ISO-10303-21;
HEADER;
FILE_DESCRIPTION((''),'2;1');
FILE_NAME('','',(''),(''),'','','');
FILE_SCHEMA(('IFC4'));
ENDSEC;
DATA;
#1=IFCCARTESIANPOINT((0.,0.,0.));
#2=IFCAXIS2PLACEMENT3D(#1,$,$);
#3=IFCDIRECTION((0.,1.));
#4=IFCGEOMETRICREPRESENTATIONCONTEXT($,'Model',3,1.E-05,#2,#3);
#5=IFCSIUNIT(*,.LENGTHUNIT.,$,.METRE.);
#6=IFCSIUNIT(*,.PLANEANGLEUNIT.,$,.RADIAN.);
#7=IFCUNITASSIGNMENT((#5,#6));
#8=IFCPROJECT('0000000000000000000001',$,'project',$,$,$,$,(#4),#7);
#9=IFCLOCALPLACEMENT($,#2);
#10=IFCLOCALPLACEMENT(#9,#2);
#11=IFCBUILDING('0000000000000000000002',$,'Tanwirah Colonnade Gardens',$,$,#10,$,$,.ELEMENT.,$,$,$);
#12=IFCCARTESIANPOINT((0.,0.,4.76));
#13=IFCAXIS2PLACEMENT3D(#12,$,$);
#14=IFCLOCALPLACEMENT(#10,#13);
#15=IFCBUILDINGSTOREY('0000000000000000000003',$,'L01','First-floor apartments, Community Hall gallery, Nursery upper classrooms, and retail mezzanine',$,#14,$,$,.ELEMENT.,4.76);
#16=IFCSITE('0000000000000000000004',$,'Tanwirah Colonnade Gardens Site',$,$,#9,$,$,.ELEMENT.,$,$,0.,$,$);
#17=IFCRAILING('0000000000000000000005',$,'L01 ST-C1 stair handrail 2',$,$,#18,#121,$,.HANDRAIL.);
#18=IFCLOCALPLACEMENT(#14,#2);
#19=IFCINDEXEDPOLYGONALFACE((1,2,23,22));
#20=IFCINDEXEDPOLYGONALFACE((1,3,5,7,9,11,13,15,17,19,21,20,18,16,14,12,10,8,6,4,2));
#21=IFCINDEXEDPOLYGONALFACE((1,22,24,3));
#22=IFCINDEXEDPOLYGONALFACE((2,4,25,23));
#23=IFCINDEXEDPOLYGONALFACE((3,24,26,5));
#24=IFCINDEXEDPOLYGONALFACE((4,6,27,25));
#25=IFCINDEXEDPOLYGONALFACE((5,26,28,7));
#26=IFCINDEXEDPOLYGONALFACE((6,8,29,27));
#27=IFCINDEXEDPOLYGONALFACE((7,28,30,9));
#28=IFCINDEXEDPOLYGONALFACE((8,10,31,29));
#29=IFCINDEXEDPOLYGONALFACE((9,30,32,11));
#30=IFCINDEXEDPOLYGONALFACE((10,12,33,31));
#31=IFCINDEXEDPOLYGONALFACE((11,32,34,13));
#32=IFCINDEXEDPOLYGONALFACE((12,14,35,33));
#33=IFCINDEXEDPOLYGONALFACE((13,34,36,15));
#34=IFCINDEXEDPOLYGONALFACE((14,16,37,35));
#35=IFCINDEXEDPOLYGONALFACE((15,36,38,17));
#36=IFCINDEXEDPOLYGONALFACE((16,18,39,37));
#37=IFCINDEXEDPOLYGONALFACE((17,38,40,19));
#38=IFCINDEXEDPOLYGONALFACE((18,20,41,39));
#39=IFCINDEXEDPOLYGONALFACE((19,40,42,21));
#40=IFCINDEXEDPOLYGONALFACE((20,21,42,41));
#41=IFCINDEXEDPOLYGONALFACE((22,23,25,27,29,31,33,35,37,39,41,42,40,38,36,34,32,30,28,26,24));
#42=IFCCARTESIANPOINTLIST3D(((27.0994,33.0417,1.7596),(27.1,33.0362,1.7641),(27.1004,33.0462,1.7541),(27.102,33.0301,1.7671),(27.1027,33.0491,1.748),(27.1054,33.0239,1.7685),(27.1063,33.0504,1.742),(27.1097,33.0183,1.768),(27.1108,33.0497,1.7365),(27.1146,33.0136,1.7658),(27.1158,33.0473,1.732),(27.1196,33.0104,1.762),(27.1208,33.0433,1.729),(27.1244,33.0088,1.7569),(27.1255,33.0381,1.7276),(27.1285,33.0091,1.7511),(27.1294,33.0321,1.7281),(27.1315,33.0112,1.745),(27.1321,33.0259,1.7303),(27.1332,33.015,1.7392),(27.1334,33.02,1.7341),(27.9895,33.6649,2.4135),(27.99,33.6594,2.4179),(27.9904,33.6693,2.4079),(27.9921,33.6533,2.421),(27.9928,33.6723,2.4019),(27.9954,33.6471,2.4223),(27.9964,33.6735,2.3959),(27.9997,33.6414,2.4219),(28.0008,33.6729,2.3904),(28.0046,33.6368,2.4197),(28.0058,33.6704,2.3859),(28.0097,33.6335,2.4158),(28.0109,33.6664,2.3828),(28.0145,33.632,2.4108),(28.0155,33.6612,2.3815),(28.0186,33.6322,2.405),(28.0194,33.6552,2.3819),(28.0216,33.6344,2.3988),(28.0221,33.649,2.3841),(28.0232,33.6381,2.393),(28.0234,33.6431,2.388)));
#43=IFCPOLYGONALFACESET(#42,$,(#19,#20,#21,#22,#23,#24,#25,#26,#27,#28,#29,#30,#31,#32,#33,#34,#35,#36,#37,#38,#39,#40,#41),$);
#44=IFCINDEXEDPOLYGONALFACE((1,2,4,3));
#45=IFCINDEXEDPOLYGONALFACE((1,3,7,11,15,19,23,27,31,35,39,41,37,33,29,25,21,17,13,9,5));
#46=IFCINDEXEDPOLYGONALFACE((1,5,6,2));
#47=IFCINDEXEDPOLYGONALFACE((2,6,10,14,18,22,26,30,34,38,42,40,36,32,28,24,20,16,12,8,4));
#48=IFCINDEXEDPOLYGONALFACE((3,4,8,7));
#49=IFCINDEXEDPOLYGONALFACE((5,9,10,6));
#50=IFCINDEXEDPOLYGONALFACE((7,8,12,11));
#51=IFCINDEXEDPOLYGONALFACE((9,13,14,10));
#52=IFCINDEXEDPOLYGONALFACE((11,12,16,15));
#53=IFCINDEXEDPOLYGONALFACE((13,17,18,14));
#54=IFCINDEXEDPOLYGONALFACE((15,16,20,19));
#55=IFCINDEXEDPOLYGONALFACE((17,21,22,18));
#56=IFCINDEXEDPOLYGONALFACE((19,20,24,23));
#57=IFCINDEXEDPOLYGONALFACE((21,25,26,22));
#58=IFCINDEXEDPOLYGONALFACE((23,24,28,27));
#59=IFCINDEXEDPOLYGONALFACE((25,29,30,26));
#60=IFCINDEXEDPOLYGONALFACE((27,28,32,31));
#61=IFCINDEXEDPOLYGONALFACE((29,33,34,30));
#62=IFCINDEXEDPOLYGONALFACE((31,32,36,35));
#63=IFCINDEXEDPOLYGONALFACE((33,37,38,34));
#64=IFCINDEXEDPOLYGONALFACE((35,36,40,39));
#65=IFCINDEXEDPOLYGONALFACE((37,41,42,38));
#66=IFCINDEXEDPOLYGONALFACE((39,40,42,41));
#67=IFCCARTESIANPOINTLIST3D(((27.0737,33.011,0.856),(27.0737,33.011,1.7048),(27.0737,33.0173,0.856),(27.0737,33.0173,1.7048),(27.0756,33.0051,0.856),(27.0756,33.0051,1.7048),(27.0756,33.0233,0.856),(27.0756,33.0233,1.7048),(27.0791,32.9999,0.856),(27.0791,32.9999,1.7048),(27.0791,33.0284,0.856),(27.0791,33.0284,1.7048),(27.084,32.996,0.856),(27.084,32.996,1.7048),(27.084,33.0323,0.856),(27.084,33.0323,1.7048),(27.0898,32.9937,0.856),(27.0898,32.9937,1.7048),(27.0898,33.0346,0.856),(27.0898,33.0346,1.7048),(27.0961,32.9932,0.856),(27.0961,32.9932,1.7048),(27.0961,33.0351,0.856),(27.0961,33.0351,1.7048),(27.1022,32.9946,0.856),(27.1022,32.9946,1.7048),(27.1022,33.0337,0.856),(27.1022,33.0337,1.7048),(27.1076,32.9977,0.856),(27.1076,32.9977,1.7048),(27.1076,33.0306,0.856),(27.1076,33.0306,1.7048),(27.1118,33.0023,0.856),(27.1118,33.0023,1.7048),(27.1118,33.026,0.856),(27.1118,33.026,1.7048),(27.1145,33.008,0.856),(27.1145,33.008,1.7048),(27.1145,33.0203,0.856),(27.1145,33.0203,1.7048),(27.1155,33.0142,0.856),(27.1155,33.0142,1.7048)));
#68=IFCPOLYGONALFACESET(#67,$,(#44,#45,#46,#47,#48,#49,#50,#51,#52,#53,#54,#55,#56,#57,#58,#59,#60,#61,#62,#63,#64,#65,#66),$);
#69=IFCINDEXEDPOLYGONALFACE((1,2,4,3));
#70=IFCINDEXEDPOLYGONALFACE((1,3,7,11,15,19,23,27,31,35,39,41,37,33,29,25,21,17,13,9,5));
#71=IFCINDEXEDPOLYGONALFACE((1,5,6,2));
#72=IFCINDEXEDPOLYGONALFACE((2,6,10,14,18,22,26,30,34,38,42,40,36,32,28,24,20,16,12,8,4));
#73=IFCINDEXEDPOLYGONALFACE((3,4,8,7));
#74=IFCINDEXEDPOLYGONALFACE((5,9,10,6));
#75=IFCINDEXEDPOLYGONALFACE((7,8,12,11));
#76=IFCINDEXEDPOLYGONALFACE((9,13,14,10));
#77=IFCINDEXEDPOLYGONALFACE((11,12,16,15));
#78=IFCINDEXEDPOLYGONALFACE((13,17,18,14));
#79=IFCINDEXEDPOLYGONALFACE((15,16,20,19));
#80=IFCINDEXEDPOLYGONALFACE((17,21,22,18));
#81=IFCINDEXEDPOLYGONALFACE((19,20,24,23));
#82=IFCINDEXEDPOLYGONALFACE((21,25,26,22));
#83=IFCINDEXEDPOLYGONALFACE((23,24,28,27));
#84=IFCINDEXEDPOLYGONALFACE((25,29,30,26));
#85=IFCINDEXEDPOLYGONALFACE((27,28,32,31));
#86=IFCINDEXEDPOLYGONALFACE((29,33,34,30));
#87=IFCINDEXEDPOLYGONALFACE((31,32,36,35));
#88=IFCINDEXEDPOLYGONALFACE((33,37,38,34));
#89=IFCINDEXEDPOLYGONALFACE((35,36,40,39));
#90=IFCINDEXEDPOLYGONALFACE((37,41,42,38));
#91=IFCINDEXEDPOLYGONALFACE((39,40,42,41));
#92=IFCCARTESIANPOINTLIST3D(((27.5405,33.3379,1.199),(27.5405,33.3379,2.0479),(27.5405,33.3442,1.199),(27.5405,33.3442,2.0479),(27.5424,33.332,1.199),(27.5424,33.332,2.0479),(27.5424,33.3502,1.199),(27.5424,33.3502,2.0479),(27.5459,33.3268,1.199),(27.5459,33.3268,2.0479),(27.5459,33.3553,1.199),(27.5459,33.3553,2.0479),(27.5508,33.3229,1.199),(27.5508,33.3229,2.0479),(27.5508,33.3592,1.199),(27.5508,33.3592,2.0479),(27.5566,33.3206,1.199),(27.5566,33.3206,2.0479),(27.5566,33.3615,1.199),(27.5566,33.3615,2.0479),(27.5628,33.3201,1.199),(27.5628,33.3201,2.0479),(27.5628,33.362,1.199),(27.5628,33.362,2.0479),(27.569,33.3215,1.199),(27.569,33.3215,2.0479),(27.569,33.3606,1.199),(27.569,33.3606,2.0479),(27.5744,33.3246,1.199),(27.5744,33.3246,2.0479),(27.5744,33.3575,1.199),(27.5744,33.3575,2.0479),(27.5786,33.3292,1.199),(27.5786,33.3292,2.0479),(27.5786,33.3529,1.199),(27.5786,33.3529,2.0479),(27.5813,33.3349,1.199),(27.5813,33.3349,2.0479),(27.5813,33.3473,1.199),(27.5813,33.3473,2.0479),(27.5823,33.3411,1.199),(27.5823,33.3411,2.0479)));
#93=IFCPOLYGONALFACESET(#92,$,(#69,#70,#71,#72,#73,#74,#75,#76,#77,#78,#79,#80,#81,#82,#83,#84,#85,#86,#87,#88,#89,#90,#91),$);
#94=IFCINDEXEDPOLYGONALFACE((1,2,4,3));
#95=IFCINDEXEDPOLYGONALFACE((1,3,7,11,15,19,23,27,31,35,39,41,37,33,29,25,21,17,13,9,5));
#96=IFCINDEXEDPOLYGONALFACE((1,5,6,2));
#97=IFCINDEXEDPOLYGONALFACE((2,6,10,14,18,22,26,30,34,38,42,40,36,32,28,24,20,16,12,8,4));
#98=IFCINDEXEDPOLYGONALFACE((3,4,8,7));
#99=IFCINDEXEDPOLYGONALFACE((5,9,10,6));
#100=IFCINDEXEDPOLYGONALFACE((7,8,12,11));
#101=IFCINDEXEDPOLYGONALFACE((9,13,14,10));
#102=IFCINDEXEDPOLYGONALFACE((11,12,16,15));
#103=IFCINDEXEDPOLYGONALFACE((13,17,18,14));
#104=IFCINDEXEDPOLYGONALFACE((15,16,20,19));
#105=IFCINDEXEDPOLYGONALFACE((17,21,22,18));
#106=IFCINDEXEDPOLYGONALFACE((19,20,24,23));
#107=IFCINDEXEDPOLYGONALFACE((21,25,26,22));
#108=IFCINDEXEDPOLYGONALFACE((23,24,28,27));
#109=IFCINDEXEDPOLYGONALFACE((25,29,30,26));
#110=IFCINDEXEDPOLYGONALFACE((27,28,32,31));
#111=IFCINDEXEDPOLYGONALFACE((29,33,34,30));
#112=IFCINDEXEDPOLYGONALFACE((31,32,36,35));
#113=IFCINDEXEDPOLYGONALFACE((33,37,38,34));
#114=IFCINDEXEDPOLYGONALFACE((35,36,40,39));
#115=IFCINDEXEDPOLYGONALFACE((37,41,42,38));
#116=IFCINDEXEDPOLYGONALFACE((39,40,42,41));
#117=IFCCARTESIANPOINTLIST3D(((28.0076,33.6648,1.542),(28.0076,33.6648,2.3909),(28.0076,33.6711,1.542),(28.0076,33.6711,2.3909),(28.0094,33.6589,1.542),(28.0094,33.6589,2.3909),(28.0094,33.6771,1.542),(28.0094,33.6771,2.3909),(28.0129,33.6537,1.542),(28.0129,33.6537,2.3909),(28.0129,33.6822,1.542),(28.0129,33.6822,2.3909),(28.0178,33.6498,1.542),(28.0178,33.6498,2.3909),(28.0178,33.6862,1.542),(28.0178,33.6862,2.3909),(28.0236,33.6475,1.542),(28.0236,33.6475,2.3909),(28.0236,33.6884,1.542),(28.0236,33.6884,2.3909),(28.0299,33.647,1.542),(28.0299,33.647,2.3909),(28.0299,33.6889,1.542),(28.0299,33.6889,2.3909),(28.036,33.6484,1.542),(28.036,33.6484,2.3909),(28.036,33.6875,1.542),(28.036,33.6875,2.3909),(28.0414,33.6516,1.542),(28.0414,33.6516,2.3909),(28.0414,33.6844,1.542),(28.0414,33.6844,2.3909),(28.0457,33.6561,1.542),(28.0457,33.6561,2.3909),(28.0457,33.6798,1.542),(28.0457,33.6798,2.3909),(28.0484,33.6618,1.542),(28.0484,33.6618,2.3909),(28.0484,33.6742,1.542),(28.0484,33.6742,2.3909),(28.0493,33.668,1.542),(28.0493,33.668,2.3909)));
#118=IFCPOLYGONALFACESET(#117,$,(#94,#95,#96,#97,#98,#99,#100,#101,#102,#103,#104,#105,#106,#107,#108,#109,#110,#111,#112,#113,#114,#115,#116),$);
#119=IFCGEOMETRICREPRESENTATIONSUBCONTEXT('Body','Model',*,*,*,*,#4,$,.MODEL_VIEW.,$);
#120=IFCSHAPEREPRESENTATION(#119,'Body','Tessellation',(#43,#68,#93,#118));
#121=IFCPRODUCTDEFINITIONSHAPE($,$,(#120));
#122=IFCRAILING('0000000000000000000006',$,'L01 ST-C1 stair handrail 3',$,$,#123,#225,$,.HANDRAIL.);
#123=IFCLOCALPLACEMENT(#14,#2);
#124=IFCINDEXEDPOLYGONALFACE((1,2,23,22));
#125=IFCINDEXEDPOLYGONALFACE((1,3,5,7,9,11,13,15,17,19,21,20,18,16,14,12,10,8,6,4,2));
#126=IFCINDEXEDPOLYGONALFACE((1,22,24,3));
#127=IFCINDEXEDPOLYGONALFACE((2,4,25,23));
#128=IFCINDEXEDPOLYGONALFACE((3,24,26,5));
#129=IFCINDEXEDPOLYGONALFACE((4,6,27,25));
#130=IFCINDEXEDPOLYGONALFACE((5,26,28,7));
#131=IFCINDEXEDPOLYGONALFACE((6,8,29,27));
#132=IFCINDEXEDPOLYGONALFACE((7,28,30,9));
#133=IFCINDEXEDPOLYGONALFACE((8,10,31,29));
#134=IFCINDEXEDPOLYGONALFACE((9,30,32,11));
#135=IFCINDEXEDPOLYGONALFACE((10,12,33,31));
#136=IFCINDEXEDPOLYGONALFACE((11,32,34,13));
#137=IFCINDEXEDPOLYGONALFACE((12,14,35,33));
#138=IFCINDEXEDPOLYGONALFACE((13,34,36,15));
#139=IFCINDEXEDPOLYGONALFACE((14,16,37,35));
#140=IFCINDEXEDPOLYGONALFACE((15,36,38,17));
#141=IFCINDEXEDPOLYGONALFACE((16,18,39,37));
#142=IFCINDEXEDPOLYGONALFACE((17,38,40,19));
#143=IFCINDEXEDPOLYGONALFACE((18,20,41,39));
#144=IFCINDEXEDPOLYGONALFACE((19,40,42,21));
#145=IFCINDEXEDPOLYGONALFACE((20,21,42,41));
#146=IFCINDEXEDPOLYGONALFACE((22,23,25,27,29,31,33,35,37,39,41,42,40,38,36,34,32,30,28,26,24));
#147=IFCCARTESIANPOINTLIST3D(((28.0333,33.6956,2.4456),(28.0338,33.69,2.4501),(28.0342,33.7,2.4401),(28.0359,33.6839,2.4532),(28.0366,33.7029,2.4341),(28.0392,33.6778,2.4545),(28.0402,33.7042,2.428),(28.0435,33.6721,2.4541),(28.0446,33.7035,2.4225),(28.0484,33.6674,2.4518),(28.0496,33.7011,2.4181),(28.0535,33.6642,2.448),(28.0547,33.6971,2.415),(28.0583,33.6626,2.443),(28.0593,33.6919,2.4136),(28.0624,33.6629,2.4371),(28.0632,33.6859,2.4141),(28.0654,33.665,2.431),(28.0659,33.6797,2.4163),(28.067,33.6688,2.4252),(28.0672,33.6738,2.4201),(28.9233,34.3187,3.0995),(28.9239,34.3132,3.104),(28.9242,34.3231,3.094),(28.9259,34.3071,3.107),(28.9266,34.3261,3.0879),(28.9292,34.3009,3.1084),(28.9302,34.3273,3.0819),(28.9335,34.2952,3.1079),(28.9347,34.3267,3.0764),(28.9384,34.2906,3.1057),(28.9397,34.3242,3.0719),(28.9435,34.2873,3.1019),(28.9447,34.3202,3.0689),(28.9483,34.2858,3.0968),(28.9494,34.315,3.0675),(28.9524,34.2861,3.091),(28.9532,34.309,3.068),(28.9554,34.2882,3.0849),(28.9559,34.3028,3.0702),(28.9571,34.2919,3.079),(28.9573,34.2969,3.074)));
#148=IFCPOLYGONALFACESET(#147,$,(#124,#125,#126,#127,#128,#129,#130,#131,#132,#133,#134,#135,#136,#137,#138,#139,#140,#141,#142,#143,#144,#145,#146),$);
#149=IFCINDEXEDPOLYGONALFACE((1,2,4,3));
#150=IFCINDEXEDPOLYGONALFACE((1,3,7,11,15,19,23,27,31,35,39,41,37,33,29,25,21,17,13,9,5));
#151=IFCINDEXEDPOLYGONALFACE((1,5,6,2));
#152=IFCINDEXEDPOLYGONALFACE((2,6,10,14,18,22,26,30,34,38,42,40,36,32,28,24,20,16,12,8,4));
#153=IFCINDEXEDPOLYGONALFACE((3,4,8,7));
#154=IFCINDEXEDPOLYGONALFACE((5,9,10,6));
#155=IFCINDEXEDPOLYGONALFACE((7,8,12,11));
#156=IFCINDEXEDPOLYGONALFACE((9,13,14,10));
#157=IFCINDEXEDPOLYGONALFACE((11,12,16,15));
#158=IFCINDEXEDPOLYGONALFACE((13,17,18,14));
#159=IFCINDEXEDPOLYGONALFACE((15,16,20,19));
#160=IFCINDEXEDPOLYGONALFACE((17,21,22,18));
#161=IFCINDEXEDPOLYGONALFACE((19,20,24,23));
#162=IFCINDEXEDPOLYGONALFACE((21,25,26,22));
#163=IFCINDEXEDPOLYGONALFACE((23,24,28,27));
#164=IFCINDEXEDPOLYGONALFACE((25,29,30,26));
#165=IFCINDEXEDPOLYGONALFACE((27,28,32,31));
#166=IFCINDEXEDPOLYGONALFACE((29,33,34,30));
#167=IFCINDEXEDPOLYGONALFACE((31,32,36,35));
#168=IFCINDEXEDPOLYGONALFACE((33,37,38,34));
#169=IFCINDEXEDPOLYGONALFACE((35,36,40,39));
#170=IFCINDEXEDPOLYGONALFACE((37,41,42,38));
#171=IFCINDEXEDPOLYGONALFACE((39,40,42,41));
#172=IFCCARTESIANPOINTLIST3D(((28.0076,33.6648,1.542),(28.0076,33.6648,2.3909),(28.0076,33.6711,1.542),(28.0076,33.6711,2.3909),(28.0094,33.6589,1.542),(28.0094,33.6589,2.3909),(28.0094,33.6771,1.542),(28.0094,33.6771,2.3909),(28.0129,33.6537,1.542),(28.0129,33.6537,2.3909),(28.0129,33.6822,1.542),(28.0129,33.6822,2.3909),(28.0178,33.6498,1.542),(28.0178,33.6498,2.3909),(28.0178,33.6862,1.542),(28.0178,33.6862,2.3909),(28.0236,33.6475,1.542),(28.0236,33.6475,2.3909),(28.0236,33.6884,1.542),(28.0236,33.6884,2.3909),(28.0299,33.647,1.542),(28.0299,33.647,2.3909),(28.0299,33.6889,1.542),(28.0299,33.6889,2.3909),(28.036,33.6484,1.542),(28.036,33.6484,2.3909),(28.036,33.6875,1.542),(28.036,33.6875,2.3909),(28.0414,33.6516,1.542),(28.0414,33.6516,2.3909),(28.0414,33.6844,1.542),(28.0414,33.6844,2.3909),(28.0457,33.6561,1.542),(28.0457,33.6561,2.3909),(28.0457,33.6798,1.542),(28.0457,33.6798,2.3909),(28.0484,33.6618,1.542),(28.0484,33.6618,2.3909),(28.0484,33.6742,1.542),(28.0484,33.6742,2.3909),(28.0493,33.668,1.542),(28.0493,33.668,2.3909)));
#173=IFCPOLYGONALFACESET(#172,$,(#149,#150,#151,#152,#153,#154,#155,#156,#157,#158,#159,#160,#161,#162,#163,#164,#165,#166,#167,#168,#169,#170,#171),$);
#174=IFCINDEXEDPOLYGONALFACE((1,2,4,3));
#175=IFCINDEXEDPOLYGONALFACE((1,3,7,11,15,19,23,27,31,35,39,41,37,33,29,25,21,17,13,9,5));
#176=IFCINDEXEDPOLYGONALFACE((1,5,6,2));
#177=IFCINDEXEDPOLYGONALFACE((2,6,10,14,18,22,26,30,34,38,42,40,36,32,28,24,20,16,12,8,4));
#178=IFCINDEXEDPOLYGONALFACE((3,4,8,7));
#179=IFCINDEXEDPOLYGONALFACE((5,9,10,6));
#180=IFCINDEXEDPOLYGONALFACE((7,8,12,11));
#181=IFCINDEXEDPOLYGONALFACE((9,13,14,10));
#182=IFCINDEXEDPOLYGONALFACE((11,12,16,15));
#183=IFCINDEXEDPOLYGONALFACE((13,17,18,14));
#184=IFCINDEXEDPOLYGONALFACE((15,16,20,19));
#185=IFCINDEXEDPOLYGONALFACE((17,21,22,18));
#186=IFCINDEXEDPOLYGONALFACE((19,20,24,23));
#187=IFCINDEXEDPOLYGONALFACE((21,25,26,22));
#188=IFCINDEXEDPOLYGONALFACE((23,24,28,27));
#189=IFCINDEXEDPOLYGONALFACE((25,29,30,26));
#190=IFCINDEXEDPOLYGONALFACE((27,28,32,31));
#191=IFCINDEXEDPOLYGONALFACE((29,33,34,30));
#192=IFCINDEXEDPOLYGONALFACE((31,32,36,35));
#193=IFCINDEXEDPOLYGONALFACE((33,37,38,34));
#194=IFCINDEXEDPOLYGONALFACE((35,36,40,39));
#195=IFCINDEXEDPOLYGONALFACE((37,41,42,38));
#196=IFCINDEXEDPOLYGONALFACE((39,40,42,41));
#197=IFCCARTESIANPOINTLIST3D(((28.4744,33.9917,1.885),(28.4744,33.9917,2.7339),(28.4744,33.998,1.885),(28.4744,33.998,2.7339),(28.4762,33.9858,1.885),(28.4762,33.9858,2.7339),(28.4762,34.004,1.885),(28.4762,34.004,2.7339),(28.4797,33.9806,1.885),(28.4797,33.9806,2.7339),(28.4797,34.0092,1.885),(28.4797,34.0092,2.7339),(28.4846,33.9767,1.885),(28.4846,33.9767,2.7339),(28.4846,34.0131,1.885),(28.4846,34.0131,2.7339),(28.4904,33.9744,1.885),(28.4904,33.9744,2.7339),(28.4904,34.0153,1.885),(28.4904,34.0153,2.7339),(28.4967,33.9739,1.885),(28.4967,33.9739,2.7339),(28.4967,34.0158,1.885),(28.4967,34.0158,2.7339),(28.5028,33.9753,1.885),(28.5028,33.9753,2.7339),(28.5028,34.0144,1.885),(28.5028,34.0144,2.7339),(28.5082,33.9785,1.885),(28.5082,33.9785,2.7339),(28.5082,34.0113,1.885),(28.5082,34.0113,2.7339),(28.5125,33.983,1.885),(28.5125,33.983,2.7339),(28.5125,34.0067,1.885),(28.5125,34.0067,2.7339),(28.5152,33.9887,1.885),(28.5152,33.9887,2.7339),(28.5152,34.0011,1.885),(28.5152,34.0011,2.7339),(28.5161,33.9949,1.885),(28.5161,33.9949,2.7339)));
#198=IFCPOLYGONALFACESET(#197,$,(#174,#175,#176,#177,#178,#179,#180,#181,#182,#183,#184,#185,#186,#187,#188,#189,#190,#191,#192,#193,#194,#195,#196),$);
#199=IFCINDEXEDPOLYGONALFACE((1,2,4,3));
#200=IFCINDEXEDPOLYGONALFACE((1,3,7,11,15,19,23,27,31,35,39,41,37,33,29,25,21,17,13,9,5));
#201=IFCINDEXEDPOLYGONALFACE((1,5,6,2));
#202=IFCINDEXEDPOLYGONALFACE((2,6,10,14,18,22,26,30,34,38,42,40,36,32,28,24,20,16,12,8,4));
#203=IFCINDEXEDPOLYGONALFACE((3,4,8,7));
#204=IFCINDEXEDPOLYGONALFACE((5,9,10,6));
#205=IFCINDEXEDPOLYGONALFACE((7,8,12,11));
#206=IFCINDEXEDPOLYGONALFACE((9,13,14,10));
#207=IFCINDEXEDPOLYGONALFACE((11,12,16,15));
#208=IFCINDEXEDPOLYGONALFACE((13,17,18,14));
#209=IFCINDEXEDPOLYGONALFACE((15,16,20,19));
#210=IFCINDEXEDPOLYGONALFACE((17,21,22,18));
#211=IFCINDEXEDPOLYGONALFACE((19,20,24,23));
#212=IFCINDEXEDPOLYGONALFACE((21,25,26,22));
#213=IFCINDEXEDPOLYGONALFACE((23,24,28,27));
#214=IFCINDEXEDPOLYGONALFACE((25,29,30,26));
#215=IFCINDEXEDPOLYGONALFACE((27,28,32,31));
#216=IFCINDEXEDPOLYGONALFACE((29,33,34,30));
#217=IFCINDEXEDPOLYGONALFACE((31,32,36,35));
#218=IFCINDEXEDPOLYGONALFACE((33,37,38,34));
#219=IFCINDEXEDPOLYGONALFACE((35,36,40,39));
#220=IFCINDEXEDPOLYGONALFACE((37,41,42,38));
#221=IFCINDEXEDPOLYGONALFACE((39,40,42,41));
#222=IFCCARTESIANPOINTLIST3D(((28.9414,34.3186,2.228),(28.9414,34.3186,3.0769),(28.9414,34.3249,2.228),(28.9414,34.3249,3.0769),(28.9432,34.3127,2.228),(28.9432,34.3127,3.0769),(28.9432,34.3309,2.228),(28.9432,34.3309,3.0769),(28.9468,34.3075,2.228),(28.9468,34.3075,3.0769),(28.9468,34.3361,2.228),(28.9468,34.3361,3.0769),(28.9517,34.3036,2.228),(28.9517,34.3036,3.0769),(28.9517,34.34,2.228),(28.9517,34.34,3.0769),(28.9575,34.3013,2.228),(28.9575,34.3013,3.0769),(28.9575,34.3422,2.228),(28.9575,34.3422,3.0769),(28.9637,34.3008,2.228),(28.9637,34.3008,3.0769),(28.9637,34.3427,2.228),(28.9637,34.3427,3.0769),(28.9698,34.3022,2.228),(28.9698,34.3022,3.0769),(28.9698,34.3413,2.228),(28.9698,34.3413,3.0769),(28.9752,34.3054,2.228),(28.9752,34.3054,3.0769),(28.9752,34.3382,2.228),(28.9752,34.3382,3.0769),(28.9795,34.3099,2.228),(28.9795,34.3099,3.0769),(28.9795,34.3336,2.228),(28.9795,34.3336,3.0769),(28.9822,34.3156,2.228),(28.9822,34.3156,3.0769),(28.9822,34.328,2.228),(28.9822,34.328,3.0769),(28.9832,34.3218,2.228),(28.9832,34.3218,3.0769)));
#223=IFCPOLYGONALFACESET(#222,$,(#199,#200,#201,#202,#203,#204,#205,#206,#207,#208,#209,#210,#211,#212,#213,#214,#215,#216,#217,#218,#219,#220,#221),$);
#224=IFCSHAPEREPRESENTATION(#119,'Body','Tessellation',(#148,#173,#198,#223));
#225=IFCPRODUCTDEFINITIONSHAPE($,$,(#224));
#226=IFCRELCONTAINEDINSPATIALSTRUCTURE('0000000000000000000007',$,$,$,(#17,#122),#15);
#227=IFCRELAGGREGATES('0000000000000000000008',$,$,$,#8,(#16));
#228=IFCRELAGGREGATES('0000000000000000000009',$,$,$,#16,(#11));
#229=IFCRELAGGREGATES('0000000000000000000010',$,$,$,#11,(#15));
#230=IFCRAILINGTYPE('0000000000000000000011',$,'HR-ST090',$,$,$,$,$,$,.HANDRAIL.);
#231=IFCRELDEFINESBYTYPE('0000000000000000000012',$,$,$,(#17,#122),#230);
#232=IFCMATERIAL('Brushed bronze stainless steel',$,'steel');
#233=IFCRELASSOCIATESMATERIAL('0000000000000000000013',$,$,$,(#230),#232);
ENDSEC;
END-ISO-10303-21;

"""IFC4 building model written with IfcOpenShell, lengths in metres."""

from ifc_helpers import new_model, si_unit, direction, frame, origin, origin_2d, place, context, subcontext, project, spatial, circle, extrude, material, type_object, element, save


model = new_model("IFC4")

# Units and contexts
model_context = context("Model", 3, precision=1e-05, world=origin(), true_north=direction((0.0, 1.0)))
body_context = subcontext(model_context, "Body", "Model", "MODEL_VIEW")
ifc_project = project(units=[si_unit("LENGTHUNIT", "METRE"), si_unit("PLANEANGLEUNIT", "RADIAN")], contexts=[model_context])

# Site, building, storey
site_placement = place(None, origin())
site = spatial("IfcSite", under=ifc_project, at=site_placement, Name="Tanwirah Colonnade Gardens Site", CompositionType="ELEMENT", RefElevation=0.0)
building_placement = place(site_placement, origin())
building = spatial("IfcBuilding", under=site, at=building_placement, Name="Tanwirah Colonnade Gardens", CompositionType="ELEMENT")
storey_placement = place(building_placement, frame((0.0, 0.0, 4.76)))
storey = spatial("IfcBuildingStorey", under=building, at=storey_placement, Name="L01", Description="First-floor apartments, Community Hall gallery, Nursery upper classrooms, and retail mezzanine", CompositionType="ELEMENT", Elevation=4.76)

# Railings
ifc_material_1 = material(Name="Brushed bronze stainless steel", Category="steel")
railing_type_1 = type_object("IfcRailingType", Name="HR-ST090", PredefinedType="HANDRAIL", material=ifc_material_1)
for number, where, name in (
    (1, (27.0945, 33.0142, 0.856), "L01 ST-C1 stair handrail 2"),
    (2, (28.0283, 33.668, 1.542), "L01 ST-C1 stair handrail 3"),
):
    element("IfcRailing", number, at=place(storey_placement, frame(where)), inside=storey, type_object=railing_type_1, Name=name, PredefinedType="HANDRAIL", context=body_context, shape_type="SweptSolid", body=[
        extrude(circle(Radius=0.0239, at=origin_2d()), frame((0.022, 0.0154, 0.8921), z_axis=(0.701883, 0.49141, 0.515632), x_axis=(-0.573534, 0.819182, 0.0)), (0.0, 0.0, 1.0), 1.2681),
        extrude(circle(Radius=0.021, at=origin_2d()), origin(), (0.0, 0.0, 1.0), 0.8489),
        extrude(circle(Radius=0.021, at=origin_2d()), frame((0.4668, 0.3269, 0.343)), (0.0, 0.0, 1.0), 0.8489),
        extrude(circle(Radius=0.021, at=origin_2d()), frame((0.9338, 0.6538, 0.686)), (0.0, 0.0, 1.0), 0.8489),
    ])

save(model, "model.ifc")
